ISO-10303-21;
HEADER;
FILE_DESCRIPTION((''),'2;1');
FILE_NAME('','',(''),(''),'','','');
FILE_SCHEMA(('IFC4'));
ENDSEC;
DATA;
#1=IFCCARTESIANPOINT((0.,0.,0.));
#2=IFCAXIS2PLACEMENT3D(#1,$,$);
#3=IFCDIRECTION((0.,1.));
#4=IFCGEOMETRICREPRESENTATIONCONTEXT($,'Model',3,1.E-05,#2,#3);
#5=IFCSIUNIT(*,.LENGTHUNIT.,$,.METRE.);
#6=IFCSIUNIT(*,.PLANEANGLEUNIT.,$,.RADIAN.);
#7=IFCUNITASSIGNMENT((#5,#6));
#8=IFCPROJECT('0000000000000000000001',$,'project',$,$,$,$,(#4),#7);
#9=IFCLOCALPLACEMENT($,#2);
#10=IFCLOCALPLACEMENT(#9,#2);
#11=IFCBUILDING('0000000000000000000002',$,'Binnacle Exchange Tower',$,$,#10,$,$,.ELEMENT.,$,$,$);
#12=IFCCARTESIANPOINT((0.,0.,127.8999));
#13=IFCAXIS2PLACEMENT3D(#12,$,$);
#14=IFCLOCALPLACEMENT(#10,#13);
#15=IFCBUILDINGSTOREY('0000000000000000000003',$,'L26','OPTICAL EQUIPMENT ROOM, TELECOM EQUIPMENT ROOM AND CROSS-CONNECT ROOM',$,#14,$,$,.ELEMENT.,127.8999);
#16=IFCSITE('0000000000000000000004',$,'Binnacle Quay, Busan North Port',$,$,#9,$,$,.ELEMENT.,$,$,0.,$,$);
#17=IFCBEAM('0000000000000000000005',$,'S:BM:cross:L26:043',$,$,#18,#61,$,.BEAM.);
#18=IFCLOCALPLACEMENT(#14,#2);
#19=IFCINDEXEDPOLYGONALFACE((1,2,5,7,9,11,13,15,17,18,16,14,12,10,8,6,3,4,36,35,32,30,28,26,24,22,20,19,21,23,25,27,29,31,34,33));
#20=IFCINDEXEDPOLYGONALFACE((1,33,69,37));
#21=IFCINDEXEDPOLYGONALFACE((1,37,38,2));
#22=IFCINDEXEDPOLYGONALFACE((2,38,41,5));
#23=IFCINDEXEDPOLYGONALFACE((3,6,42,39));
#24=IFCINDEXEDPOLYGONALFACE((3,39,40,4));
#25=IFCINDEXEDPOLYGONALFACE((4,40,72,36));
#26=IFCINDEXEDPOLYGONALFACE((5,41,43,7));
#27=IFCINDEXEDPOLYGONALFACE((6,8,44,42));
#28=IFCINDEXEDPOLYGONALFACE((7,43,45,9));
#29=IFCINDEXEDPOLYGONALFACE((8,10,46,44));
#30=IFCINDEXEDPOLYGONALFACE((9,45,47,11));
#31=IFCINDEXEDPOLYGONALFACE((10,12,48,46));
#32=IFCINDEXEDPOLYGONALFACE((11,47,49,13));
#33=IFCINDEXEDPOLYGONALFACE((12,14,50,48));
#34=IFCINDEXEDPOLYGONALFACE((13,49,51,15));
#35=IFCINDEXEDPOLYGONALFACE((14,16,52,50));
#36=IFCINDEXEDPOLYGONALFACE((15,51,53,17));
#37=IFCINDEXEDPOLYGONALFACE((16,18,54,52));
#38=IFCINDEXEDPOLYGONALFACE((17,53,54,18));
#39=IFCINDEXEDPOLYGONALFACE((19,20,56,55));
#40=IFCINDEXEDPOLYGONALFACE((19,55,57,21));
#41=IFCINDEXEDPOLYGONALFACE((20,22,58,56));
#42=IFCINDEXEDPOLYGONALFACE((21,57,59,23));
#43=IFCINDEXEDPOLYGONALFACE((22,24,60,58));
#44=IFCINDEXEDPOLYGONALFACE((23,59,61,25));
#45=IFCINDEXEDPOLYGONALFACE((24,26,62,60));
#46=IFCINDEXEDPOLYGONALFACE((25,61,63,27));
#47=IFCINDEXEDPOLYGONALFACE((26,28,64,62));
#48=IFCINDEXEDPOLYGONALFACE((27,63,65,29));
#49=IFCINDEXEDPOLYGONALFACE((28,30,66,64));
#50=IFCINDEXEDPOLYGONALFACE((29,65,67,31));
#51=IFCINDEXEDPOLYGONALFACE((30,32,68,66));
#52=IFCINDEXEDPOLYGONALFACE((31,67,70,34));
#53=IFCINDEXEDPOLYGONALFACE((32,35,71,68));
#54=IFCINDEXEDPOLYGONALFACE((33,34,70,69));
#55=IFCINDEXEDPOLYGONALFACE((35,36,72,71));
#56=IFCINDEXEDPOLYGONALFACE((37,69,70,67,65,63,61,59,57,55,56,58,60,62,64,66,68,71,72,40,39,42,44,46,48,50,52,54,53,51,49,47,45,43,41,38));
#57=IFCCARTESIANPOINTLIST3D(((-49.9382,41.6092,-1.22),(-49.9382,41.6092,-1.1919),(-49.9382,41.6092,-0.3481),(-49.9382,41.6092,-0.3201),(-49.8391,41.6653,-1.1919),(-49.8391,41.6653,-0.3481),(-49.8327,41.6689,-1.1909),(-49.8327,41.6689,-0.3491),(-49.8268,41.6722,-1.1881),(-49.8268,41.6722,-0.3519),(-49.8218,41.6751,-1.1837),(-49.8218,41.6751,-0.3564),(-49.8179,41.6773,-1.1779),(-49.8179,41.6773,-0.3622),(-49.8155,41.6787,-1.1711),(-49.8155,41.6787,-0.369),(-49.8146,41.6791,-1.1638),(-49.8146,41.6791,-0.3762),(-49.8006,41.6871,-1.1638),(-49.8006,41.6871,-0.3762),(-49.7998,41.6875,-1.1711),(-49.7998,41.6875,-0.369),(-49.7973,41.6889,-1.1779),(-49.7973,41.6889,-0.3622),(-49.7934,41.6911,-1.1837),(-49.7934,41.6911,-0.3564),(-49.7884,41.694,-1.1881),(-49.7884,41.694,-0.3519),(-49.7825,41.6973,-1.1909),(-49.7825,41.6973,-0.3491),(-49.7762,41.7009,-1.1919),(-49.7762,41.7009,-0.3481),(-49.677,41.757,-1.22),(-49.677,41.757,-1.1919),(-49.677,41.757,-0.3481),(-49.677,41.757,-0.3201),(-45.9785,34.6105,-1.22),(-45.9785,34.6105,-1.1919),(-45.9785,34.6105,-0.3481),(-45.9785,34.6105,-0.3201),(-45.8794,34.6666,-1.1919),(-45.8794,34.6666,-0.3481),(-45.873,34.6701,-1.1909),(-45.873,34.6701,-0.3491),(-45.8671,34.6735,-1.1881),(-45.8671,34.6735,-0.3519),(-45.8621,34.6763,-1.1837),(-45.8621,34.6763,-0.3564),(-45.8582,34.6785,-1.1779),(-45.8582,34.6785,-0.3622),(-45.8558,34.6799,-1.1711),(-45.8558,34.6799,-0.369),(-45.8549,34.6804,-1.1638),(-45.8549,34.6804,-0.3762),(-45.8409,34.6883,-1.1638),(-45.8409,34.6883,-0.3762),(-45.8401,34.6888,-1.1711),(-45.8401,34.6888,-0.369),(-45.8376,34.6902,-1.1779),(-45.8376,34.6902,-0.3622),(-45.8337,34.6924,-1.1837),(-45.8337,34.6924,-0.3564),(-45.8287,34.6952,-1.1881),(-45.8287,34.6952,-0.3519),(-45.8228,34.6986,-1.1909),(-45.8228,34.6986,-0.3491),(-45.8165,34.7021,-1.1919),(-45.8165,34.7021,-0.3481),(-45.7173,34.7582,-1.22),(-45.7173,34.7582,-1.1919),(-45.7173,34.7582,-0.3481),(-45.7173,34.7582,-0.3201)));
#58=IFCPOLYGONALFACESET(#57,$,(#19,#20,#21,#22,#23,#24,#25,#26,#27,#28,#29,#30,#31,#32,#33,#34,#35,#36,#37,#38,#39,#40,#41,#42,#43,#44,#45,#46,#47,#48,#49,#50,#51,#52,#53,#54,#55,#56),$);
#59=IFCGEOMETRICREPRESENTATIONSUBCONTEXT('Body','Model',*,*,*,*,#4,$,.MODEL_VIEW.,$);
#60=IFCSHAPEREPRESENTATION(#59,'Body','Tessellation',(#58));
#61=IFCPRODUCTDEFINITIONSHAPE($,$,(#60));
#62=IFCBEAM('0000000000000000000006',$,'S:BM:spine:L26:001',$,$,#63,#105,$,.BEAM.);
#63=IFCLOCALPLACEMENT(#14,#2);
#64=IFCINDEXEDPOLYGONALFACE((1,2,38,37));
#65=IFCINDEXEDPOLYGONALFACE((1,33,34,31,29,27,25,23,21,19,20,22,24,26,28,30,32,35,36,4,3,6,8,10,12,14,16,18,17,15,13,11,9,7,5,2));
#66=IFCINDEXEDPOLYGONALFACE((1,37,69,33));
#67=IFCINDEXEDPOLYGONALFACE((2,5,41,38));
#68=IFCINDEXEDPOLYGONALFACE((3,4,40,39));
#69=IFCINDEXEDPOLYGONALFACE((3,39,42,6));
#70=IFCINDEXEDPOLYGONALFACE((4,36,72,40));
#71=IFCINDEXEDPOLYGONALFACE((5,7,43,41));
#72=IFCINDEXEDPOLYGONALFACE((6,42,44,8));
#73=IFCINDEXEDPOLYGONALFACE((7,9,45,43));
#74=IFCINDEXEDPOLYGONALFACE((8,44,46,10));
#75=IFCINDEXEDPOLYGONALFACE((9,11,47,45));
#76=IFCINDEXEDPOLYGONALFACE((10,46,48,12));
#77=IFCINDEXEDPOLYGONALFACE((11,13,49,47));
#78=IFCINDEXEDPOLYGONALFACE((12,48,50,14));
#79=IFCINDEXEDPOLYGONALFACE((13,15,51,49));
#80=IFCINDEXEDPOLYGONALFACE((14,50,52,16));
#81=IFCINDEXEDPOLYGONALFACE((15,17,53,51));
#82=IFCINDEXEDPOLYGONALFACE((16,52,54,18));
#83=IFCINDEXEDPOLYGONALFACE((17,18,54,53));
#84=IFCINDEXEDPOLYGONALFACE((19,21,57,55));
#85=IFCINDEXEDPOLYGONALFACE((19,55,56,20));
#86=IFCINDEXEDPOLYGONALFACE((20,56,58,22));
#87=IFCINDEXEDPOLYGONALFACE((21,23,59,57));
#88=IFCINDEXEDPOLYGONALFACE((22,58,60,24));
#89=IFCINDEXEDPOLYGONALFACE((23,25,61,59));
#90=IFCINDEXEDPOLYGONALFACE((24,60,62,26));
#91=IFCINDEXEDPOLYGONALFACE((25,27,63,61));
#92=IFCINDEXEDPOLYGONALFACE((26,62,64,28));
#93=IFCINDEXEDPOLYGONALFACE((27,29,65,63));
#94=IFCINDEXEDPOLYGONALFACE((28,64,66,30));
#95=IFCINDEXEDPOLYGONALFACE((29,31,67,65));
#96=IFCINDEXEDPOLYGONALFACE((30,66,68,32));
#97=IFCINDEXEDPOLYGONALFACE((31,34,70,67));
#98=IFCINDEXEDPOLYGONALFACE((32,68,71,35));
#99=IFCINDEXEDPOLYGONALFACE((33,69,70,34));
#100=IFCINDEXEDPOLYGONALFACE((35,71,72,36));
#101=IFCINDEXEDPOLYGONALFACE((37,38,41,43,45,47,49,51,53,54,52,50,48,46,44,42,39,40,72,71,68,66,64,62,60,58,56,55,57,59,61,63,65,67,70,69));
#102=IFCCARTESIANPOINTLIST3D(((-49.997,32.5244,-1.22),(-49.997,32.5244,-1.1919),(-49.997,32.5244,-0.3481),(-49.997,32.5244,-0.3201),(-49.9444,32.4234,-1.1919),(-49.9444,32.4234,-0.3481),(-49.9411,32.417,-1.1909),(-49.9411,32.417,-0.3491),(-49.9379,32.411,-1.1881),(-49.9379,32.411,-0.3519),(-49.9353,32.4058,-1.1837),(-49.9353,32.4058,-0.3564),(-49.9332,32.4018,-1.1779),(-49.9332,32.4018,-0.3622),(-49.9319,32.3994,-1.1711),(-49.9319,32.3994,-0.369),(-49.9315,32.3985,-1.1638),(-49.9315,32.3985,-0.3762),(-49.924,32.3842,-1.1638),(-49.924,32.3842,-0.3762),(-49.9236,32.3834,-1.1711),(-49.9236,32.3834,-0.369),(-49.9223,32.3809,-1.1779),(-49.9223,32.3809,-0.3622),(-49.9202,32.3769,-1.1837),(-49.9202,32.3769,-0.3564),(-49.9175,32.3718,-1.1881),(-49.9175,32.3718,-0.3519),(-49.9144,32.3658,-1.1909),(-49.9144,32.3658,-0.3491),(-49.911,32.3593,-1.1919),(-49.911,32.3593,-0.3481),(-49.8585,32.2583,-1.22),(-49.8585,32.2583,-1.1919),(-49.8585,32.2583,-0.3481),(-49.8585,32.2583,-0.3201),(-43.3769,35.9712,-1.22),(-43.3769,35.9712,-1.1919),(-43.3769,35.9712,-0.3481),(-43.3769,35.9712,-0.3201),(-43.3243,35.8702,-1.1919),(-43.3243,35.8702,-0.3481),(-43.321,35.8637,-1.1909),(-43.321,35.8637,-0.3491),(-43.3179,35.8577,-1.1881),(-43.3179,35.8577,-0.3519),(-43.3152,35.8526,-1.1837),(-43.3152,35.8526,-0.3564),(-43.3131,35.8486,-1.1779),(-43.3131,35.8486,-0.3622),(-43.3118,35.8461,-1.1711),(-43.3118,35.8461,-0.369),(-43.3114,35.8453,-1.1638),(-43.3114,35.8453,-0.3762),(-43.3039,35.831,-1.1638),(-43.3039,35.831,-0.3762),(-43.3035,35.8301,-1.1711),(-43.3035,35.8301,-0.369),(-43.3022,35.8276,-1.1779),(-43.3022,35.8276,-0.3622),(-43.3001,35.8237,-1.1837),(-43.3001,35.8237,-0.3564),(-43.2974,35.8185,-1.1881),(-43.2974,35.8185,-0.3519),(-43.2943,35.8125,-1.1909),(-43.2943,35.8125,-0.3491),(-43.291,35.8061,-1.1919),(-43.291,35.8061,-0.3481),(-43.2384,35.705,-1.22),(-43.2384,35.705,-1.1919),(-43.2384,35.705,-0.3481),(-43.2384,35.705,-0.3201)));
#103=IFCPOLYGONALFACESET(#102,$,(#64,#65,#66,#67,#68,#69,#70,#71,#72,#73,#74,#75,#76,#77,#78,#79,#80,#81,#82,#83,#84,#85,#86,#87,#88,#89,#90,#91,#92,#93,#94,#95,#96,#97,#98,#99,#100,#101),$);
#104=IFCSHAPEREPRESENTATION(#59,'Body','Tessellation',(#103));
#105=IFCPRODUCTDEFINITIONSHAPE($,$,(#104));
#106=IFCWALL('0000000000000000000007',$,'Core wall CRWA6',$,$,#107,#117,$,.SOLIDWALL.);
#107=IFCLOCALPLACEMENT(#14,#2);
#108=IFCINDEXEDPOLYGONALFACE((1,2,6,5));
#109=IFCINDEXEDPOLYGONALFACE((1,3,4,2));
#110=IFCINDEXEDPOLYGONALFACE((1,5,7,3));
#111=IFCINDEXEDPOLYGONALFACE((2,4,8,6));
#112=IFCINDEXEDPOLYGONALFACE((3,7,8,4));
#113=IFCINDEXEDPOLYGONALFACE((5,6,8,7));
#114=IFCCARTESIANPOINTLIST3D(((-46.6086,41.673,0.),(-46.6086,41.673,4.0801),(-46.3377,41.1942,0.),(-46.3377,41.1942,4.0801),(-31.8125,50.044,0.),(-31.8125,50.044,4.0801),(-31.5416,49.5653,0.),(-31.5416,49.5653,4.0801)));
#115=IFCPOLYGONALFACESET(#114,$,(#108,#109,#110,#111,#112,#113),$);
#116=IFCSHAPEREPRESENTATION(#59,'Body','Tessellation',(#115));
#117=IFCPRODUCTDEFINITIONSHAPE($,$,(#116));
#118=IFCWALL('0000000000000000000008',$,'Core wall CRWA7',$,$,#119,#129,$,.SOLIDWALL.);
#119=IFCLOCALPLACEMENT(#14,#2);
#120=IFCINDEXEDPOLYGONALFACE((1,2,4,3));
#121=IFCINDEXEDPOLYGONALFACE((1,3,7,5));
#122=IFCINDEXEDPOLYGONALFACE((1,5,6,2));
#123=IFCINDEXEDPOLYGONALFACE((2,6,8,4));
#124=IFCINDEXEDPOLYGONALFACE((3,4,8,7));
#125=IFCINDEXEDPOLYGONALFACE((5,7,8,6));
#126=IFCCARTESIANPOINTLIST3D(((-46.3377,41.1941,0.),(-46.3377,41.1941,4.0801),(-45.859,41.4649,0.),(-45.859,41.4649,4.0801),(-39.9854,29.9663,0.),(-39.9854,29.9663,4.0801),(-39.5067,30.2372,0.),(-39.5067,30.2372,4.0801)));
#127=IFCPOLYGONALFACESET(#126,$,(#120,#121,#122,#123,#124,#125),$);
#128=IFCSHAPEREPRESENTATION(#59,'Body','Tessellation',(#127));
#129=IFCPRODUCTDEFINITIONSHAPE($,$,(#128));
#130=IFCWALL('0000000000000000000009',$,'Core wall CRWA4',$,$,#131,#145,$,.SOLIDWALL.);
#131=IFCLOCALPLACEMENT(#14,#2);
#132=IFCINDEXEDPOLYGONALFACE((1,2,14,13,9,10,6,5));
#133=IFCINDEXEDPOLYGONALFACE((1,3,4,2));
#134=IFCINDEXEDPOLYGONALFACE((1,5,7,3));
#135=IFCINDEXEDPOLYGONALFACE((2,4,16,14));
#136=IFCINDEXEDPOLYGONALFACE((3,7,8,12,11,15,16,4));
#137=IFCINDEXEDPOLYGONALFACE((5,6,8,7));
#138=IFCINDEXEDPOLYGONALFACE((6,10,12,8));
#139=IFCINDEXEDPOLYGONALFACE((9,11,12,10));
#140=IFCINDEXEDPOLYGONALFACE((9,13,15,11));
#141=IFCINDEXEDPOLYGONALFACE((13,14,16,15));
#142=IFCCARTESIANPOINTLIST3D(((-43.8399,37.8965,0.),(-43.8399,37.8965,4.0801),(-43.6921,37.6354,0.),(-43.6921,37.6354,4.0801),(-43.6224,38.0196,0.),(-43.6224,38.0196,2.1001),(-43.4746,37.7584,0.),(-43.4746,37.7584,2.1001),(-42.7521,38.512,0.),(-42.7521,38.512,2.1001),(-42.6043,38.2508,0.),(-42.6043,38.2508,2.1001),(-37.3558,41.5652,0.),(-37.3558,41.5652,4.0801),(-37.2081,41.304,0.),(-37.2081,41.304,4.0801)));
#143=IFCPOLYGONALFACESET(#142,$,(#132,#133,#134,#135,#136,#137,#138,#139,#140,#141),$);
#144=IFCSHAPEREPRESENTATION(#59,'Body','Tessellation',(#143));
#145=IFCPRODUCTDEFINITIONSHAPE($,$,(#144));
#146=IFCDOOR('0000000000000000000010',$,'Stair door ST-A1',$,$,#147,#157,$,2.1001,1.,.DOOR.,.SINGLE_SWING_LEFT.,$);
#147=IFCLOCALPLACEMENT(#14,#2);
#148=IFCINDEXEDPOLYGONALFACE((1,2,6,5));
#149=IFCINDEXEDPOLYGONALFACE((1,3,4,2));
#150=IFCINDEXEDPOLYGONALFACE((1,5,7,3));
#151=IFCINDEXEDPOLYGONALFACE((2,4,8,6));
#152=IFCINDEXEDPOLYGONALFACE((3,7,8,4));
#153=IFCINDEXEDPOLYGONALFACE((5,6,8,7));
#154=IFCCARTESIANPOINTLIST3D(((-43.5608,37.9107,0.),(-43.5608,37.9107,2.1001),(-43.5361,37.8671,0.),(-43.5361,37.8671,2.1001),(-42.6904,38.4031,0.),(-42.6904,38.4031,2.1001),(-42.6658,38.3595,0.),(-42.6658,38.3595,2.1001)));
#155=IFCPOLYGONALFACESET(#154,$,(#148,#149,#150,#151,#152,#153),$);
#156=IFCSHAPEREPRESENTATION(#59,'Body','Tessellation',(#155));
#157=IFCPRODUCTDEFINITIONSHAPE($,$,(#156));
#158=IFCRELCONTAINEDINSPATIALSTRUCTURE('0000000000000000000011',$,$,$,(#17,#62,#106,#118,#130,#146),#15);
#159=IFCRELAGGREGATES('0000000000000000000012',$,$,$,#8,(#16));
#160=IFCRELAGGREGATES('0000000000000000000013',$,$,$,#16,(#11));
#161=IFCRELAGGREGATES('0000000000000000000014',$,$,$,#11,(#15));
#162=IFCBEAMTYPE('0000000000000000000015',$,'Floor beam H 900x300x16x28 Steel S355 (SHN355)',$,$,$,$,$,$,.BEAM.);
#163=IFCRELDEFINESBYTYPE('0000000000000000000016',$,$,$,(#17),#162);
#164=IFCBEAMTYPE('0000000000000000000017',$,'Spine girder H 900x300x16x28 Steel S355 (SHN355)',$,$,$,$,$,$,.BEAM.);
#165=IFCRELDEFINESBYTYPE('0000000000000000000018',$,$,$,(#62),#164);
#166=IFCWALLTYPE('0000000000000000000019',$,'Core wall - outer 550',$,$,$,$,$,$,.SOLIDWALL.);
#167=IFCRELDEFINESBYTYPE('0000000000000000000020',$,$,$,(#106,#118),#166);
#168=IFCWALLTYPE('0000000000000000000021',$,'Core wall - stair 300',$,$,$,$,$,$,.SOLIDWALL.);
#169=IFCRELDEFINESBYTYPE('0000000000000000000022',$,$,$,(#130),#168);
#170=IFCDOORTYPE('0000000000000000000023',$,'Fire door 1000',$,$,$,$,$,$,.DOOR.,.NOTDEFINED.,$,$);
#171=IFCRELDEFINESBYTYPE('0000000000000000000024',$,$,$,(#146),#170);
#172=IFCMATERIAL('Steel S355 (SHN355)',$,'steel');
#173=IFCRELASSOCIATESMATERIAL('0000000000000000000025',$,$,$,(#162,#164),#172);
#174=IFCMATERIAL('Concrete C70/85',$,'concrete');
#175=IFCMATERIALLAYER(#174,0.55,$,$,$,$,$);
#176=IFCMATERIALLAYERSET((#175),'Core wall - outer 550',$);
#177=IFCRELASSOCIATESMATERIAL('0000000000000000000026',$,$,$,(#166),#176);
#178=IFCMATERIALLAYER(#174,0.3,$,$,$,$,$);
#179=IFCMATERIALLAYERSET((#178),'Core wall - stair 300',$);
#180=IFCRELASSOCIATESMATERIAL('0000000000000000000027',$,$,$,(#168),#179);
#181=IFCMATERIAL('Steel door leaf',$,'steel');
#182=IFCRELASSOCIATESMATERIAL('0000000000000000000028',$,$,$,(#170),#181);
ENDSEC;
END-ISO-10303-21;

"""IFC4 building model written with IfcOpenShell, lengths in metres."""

from ifc_helpers import new_model, si_unit, direction, frame, frame_2d, origin, origin_2d, place, context, subcontext, project, spatial, rectangle, i_section, extrude, material, layer, layer_set, material_profile, profile_set, type_object, element, fill, save


model = new_model("IFC4")

# Units and contexts
model_context = context("Model", 3, precision=1e-05, world=origin(), true_north=direction((0.0, 1.0)))
body_context = subcontext(model_context, "Body", "Model", "MODEL_VIEW")
ifc_project = project(units=[si_unit("LENGTHUNIT", "METRE"), si_unit("PLANEANGLEUNIT", "RADIAN")], contexts=[model_context])

# Site, building, storey
site_placement = place(None, origin())
site = spatial("IfcSite", under=ifc_project, at=site_placement, Name="Binnacle Quay, Busan North Port", CompositionType="ELEMENT", RefElevation=0.0)
building_placement = place(site_placement, origin())
building = spatial("IfcBuilding", under=site, at=building_placement, Name="Binnacle Exchange Tower", CompositionType="ELEMENT")
storey_placement = place(building_placement, frame((0.0, 0.0, 127.8999)))
storey = spatial("IfcBuildingStorey", under=building, at=storey_placement, Name="L26", Description="OPTICAL EQUIPMENT ROOM, TELECOM EQUIPMENT ROOM AND CROSS-CONNECT ROOM", CompositionType="ELEMENT", Elevation=127.8999)

# Shared definitions
ifc_material_1 = material(Name="Concrete C70/85", Category="concrete")

# Beams
ifc_material_2 = material(Name="Steel S355 (SHN355)", Category="steel")
ifc_material_profile_1 = material_profile(ifc_material_2, i_section(OverallWidth=0.3, OverallDepth=0.8999, WebThickness=0.0161, FlangeThickness=0.0281, FilletRadius=0.0281, at=origin_2d()), Name="H 900x300x16x28")
ifc_profile_set_1 = profile_set([ifc_material_profile_1], Name="Steel S355 (SHN355)")
beam_type_1 = type_object("IfcBeamType", Name="Floor beam H 900x300x16x28 Steel S355 (SHN355)", PredefinedType="BEAM", material=ifc_profile_set_1)
beam_1_placement = place(storey_placement, frame((-49.8076, 41.6831, -0.77), z_axis=(0.492423, -0.870356, 0.0), x_axis=(0.870356, 0.492423, 0.0)))
element("IfcBeam", 1, at=beam_1_placement, inside=storey, type_object=beam_type_1, Name="S:BM:cross:L26:043", PredefinedType="BEAM", context=body_context, shape_type="SweptSolid", body=[
    extrude(i_section(OverallWidth=0.3, OverallDepth=0.8999, WebThickness=0.0161, FlangeThickness=0.0281, FilletRadius=0.0281, at=origin_2d()), origin(), (0.0, 0.0, 1.0), 8.0413),
])
ifc_material_profile_2 = material_profile(ifc_material_2, i_section(OverallWidth=0.3, OverallDepth=0.8999, WebThickness=0.0161, FlangeThickness=0.0281, FilletRadius=0.0281, at=origin_2d()), Name="H 900x300x16x28")
ifc_profile_set_2 = profile_set([ifc_material_profile_2], Name="Steel S355 (SHN355)")
beam_type_2 = type_object("IfcBeamType", Name="Spine girder H 900x300x16x28 Steel S355 (SHN355)", PredefinedType="BEAM", material=ifc_profile_set_2)
beam_2_placement = place(storey_placement, frame((-49.9277, 32.3914, -0.77), z_axis=(0.88698, 0.461808, 0.0), x_axis=(-0.461808, 0.88698, 0.0)))
element("IfcBeam", 2, at=beam_2_placement, inside=storey, type_object=beam_type_2, Name="S:BM:spine:L26:001", PredefinedType="BEAM", context=body_context, shape_type="SweptSolid", body=[
    extrude(i_section(OverallWidth=0.3, OverallDepth=0.8999, WebThickness=0.0161, FlangeThickness=0.0281, FilletRadius=0.0281, at=origin_2d()), origin(), (0.0, 0.0, 1.0), 7.4636),
])

# Walls
ifc_layer_1 = layer(ifc_material_1, 0.55)
ifc_layer_set_1 = layer_set([ifc_layer_1], Name="Core wall - outer 550")
wall_type_1 = type_object("IfcWallType", Name="Core wall - outer 550", PredefinedType="SOLIDWALL", material=ifc_layer_set_1)
wall_1_placement = place(storey_placement, frame((-46.4731, 41.4336, 0.0), z_axis=(0.0, 0.0, 1.0), x_axis=(0.87036, 0.492416, 0.0)))
element("IfcWall", 3, at=wall_1_placement, inside=storey, type_object=wall_type_1, Name="Core wall CRWA6", PredefinedType="SOLIDWALL", context=body_context, shape_type="SweptSolid", body=[
    extrude(rectangle(XDim=17.0, YDim=0.55, at=frame_2d((8.5, 0.0))), origin(), (0.0, 0.0, 1.0), 4.0801),
])
wall_2_placement = place(storey_placement, frame((-46.0984, 41.3296, 0.0), z_axis=(0.0, 0.0, 1.0), x_axis=(0.492419, -0.870358, 0.0)))
element("IfcWall", 4, at=wall_2_placement, inside=storey, type_object=wall_type_1, Name="Core wall CRWA7", PredefinedType="SOLIDWALL", context=body_context, shape_type="SweptSolid", body=[
    extrude(rectangle(XDim=12.9001, YDim=0.55, at=frame_2d((6.4502, 0.0))), origin(), (0.0, 0.0, 1.0), 4.0801),
])

# Wall, opening, door
ifc_layer_2 = layer(ifc_material_1, 0.3)
ifc_layer_set_2 = layer_set([ifc_layer_2], Name="Core wall - stair 300")
wall_type_2 = type_object("IfcWallType", Name="Core wall - stair 300", PredefinedType="SOLIDWALL", material=ifc_layer_set_2)
wall_3_placement = place(storey_placement, frame((-43.7661, 37.7659, 0.0), z_axis=(0.0, 0.0, 1.0), x_axis=(0.870347, 0.492439, 0.0)))
wall_3 = element("IfcWall", 5, at=wall_3_placement, inside=storey, type_object=wall_type_2, Name="Core wall CRWA4", PredefinedType="SOLIDWALL", context=body_context, shape_type="SweptSolid", body=[
    extrude(rectangle(XDim=7.45, YDim=0.3, at=frame_2d((3.7251, 0.0))), origin(), (0.0, 0.0, 1.0), 4.0801),
])
opening_1_placement = place(wall_3_placement, frame((0.25, 0.0, 0.0)))
opening_1 = element("IfcOpeningElement", 6, at=opening_1_placement, cuts=wall_3, PredefinedType="OPENING", context=body_context, shape_type="SweptSolid", body=[
    extrude(rectangle(XDim=1.0, YDim=2.1001, at=frame_2d((0.5, 1.05))), frame((0.0, 0.1599, 0.0), z_axis=(0.0, -1.0, 0.0), x_axis=(1.0, 0.0, 0.0)), (0.0, 0.0, 1.0), 0.3201),
])
ifc_material_3 = material(Name="Steel door leaf", Category="steel")
door_type = type_object("IfcDoorType", Name="Fire door 1000", OperationType="NOTDEFINED", PredefinedType="DOOR", material=ifc_material_3)
door_placement = place(opening_1_placement, origin())
door = element("IfcDoor", 7, at=door_placement, inside=storey, type_object=door_type, Name="Stair door ST-A1", OperationType="SINGLE_SWING_LEFT", OverallHeight=2.1001, OverallWidth=1.0, PredefinedType="DOOR", context=body_context, shape_type="SweptSolid", body=[
    extrude(rectangle(XDim=1.0, YDim=2.1001, at=frame_2d((0.5, 1.05))), frame((0.0, 0.0249, 0.0), z_axis=(0.0, -1.0, 0.0), x_axis=(1.0, 0.0, 0.0)), (0.0, 0.0, 1.0), 0.05),
])
fill(opening_1, door)

save(model, "model.ifc")
